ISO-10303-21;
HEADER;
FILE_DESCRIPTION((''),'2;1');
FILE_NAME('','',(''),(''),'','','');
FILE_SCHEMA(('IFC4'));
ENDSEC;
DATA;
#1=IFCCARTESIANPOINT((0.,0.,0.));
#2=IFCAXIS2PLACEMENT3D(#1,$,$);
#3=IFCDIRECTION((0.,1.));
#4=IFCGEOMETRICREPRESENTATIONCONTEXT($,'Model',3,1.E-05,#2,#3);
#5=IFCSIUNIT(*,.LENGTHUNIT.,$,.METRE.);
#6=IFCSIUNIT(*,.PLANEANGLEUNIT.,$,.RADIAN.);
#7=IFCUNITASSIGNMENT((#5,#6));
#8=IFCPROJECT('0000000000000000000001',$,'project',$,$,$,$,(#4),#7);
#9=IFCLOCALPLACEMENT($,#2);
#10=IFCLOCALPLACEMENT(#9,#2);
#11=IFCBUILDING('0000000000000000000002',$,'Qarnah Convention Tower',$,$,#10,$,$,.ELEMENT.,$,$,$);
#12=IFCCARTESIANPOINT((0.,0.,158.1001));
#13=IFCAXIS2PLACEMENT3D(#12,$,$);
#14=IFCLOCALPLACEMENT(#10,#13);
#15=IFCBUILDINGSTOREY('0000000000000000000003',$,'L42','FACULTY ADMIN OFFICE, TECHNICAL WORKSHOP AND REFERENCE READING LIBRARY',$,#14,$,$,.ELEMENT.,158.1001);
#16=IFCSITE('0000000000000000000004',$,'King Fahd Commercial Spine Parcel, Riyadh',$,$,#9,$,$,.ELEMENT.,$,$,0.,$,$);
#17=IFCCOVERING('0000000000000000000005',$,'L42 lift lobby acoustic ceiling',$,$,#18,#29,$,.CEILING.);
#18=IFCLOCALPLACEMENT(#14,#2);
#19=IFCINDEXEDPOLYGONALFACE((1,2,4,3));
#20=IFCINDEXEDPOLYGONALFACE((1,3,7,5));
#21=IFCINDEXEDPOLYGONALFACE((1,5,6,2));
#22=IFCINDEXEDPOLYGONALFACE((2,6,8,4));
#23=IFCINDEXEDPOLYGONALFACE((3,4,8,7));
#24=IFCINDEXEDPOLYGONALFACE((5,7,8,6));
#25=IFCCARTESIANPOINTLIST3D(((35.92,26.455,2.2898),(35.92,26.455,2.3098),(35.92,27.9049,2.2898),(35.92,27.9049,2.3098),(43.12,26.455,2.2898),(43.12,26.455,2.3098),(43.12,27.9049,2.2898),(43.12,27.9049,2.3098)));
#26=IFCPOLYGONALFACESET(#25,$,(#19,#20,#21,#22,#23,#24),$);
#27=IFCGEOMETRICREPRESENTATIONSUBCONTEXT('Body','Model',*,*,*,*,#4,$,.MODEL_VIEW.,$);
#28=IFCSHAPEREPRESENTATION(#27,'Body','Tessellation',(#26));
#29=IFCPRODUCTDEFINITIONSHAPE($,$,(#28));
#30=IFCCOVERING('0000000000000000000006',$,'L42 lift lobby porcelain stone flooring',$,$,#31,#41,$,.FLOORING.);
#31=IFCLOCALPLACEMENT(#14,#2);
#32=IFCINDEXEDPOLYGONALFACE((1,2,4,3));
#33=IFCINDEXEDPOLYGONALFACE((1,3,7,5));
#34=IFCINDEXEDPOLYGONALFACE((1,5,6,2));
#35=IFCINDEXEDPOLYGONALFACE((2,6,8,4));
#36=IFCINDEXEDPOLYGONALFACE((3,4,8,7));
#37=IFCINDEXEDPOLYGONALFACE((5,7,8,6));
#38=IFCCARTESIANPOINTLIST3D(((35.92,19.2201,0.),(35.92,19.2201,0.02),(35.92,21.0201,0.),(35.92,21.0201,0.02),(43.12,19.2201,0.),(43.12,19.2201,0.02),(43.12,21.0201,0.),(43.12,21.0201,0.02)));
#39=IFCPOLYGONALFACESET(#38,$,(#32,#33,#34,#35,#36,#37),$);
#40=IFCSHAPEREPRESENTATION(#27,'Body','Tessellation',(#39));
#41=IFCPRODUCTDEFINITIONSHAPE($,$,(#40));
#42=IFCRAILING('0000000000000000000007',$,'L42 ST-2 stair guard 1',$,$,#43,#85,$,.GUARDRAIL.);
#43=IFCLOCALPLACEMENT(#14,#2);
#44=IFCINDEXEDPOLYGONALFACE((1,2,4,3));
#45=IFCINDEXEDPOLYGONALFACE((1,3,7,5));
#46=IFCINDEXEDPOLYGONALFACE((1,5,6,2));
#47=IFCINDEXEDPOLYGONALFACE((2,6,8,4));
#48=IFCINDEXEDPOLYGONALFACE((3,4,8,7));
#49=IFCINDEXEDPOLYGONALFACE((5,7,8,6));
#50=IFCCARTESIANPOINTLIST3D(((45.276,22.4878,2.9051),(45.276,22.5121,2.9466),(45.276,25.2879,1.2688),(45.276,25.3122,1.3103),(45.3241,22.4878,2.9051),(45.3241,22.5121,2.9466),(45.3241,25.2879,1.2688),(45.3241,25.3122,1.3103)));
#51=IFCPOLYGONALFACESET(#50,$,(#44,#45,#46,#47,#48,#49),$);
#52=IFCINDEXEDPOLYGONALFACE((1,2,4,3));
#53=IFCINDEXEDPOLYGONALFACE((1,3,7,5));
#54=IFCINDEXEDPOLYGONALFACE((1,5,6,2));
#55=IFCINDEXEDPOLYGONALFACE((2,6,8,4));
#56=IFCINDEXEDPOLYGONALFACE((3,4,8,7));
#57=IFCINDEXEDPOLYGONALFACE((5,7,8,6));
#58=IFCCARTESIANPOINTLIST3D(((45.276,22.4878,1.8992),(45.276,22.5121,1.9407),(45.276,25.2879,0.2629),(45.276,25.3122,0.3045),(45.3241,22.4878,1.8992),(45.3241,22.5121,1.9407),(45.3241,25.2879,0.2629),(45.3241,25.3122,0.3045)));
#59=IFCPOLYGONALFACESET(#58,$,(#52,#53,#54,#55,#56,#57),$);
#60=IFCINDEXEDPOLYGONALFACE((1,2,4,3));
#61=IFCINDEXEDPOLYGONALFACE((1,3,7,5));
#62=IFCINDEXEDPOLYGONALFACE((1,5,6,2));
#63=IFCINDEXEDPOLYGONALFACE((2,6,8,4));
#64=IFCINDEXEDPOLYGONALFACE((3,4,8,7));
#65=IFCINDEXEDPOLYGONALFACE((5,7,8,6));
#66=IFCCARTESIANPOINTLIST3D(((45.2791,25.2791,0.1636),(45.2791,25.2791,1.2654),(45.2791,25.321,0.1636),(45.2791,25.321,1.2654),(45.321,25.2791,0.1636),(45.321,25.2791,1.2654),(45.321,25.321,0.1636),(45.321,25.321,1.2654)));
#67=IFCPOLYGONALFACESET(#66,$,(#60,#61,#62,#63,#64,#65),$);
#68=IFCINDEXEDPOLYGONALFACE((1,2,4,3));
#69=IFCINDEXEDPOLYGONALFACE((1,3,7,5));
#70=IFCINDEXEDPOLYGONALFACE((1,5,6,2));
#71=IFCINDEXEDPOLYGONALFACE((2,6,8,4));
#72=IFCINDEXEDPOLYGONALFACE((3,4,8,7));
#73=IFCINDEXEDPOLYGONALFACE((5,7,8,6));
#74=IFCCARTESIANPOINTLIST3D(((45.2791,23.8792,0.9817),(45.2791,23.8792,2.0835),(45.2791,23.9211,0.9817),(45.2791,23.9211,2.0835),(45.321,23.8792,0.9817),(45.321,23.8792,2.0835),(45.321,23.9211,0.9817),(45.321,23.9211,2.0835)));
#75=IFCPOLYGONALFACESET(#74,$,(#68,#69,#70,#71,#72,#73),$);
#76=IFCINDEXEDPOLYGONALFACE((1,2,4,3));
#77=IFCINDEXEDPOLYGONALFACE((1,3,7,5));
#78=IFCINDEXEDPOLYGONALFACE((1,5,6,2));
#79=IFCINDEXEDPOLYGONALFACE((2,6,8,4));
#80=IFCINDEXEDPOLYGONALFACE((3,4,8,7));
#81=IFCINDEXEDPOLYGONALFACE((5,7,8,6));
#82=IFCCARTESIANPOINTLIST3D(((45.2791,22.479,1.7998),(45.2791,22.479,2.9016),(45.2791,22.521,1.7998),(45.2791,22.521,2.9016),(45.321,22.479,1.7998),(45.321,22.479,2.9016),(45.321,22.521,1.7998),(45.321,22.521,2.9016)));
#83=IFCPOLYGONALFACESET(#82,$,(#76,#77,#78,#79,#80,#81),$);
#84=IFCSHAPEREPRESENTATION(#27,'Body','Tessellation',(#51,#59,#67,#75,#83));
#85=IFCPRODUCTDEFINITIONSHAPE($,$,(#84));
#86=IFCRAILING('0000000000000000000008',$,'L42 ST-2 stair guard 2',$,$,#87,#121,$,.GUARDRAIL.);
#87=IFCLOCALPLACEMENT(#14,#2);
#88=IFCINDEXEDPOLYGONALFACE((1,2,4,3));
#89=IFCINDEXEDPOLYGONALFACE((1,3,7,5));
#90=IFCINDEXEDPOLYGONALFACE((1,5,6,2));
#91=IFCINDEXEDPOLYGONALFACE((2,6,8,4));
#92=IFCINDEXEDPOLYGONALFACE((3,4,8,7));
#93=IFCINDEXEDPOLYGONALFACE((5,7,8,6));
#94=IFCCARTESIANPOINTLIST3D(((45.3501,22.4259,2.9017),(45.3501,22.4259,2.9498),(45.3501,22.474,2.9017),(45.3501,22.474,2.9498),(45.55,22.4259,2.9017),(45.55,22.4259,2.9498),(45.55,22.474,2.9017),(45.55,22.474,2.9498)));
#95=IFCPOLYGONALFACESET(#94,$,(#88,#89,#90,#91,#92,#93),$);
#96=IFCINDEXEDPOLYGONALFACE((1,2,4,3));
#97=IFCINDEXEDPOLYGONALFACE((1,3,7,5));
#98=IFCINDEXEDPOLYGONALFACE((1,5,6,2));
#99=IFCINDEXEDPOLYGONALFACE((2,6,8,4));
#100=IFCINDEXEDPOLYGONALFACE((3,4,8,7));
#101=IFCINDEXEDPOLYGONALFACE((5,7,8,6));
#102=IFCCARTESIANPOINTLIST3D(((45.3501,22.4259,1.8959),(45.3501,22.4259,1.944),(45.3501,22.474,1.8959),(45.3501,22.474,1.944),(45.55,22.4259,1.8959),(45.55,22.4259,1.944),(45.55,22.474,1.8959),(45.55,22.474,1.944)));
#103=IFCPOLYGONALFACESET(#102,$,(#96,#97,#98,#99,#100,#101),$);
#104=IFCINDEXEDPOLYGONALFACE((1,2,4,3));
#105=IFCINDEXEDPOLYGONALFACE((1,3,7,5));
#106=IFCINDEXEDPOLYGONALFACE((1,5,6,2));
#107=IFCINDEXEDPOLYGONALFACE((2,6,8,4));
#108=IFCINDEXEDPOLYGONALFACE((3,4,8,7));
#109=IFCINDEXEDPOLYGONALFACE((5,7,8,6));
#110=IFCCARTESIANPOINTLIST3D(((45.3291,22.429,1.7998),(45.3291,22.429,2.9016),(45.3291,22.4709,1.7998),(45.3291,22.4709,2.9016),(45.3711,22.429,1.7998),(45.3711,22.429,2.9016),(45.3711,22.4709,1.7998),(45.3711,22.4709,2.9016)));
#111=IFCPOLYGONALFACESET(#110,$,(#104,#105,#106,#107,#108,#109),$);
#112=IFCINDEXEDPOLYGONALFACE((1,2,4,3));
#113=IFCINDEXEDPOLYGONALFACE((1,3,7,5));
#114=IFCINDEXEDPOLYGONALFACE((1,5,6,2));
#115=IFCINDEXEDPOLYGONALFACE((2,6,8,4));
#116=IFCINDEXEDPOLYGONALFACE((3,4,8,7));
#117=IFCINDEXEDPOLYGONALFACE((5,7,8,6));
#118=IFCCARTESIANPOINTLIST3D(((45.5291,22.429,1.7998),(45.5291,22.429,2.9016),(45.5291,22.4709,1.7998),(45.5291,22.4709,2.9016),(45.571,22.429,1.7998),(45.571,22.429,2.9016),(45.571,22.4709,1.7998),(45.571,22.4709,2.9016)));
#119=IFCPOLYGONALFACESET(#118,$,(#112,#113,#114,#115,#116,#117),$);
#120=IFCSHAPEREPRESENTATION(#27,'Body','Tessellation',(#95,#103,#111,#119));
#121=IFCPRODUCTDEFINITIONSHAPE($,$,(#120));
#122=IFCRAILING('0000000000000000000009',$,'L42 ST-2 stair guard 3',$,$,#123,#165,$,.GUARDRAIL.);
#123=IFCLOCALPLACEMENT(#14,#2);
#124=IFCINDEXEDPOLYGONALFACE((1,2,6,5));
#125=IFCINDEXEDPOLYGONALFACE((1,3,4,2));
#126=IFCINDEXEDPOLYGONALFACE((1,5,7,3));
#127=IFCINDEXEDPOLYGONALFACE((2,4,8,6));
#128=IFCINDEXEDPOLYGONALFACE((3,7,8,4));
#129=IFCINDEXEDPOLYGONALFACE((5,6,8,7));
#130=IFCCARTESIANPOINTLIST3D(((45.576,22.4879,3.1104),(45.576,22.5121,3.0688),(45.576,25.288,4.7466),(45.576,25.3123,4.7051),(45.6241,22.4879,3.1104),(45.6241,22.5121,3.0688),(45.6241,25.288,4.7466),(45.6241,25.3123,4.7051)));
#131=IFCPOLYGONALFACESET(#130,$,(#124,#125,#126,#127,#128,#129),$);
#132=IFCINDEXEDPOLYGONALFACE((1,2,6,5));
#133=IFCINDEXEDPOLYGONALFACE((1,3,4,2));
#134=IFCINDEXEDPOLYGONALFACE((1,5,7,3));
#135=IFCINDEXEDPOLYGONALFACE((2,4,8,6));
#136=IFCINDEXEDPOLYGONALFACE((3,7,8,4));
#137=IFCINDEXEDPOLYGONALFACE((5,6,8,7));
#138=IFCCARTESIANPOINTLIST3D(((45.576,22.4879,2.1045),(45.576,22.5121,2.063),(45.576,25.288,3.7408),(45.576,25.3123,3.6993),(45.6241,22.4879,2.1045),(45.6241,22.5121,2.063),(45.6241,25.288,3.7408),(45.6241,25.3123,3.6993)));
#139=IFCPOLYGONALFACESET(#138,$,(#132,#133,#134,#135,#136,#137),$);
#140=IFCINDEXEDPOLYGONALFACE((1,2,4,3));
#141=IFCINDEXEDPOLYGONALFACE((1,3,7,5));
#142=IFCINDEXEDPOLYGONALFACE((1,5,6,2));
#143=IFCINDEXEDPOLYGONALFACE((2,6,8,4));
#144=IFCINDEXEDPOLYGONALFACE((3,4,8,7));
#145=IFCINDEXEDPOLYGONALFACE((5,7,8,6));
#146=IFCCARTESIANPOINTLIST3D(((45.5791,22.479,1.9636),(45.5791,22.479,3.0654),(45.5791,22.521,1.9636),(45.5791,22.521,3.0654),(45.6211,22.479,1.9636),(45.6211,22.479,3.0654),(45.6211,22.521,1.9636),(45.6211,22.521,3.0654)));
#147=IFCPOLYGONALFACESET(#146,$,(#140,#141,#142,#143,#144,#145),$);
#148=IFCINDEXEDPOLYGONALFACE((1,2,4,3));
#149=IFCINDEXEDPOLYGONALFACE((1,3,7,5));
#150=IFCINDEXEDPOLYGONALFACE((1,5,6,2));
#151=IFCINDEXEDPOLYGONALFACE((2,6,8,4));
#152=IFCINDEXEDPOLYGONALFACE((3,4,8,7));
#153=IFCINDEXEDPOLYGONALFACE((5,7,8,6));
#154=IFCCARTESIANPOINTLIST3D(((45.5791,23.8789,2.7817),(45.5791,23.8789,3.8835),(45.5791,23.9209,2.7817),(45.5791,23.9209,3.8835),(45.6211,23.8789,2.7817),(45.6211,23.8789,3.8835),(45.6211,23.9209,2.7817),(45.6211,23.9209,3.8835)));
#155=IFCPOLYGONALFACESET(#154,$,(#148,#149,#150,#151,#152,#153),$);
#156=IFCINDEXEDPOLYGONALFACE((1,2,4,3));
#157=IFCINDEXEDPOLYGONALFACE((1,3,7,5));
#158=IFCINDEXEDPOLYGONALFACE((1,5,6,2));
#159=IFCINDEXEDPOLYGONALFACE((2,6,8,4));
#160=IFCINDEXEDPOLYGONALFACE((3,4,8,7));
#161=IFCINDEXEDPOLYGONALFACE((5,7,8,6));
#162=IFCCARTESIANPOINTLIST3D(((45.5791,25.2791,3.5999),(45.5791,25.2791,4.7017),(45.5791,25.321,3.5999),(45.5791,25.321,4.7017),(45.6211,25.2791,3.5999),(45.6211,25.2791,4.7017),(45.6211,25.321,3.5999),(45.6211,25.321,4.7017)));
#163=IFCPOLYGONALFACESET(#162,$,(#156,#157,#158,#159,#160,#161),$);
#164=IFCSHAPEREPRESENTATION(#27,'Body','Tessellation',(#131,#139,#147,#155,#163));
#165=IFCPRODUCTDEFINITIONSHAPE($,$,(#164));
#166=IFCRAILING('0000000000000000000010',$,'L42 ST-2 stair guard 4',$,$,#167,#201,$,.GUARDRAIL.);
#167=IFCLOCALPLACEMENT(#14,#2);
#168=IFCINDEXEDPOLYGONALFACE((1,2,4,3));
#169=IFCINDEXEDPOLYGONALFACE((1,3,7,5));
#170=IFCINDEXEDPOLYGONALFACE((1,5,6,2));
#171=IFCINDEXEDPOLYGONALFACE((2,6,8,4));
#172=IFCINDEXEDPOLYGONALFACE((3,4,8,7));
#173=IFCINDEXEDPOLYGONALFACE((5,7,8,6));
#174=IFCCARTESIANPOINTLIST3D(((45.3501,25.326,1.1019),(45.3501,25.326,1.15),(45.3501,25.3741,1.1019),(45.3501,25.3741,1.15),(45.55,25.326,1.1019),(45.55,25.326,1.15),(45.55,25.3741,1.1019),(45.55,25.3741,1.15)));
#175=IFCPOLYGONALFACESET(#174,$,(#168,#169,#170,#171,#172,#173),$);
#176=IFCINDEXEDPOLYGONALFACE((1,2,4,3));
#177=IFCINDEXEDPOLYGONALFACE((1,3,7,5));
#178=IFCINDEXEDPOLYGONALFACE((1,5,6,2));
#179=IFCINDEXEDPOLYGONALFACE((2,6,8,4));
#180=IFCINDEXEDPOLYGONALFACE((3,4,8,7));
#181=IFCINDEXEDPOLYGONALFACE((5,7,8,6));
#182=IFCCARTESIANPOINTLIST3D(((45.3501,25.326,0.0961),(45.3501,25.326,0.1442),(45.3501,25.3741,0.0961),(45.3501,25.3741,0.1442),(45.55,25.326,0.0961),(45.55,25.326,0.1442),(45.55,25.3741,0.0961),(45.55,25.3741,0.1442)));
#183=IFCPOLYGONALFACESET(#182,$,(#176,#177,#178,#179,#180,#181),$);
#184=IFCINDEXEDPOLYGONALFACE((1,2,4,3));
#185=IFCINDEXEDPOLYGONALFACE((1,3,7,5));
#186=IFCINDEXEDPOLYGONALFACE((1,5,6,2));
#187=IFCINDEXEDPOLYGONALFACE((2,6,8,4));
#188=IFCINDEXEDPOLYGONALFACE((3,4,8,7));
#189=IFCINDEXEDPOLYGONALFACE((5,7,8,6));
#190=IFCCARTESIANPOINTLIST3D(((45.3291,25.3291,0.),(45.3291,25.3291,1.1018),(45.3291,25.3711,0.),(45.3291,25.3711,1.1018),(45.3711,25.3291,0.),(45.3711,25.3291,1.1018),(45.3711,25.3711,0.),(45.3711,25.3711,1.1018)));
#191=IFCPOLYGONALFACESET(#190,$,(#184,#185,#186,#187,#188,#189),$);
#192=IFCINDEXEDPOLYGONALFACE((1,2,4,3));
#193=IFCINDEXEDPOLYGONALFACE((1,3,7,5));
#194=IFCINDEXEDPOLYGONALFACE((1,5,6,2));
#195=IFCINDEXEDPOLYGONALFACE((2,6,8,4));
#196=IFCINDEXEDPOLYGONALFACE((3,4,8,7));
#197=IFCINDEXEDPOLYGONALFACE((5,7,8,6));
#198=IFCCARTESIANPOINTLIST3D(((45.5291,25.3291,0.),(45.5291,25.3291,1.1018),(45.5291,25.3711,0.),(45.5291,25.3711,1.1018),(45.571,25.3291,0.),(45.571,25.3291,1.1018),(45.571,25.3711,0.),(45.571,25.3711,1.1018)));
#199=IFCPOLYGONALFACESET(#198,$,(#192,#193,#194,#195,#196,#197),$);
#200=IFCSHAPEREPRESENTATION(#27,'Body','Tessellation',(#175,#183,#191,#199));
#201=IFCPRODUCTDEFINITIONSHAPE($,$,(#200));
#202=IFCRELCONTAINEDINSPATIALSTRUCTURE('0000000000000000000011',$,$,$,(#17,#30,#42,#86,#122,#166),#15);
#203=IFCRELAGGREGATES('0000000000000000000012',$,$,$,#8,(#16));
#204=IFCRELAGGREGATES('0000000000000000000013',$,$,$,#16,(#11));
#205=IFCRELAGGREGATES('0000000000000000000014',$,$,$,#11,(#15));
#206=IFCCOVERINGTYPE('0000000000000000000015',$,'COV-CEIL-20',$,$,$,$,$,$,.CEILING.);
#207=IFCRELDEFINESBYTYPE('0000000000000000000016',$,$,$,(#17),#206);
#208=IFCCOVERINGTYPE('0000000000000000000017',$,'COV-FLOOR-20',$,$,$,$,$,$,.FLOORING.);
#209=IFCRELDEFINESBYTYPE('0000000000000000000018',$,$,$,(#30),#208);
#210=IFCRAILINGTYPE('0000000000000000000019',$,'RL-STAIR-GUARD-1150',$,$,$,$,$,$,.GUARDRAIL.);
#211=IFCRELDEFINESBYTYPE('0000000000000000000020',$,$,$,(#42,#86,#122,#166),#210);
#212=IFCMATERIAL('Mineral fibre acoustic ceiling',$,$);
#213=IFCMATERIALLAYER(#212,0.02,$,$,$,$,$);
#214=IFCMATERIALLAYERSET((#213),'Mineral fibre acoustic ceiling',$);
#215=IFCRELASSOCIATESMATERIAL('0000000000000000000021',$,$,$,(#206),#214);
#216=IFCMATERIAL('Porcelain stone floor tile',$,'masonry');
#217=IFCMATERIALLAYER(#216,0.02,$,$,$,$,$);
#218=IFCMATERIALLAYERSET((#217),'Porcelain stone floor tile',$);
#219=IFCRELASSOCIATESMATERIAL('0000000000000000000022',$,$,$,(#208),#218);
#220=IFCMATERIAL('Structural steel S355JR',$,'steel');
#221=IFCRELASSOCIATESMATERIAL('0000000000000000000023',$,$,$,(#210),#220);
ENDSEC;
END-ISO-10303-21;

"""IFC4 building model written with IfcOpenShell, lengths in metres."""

from ifc_helpers import new_model, si_unit, direction, frame, origin, origin_2d, place, context, subcontext, project, spatial, rectangle, extrude, material, layer, layer_set, type_object, element, save


model = new_model("IFC4")

# Units and contexts
model_context = context("Model", 3, precision=1e-05, world=origin(), true_north=direction((0.0, 1.0)))
body_context = subcontext(model_context, "Body", "Model", "MODEL_VIEW")
ifc_project = project(units=[si_unit("LENGTHUNIT", "METRE"), si_unit("PLANEANGLEUNIT", "RADIAN")], contexts=[model_context])

# Site, building, storey
site_placement = place(None, origin())
site = spatial("IfcSite", under=ifc_project, at=site_placement, Name="King Fahd Commercial Spine Parcel, Riyadh", CompositionType="ELEMENT", RefElevation=0.0)
building_placement = place(site_placement, origin())
building = spatial("IfcBuilding", under=site, at=building_placement, Name="Qarnah Convention Tower", CompositionType="ELEMENT")
storey_placement = place(building_placement, frame((0.0, 0.0, 158.1001)))
storey = spatial("IfcBuildingStorey", under=building, at=storey_placement, Name="L42", Description="FACULTY ADMIN OFFICE, TECHNICAL WORKSHOP AND REFERENCE READING LIBRARY", CompositionType="ELEMENT", Elevation=158.1001)

# Shared definitions
ifc_material_1 = material(Name="Structural steel S355JR", Category="steel")

# Coverings
ifc_material_2 = material(Name="Mineral fibre acoustic ceiling")
ifc_layer_1 = layer(ifc_material_2, 0.02)
ifc_layer_set_1 = layer_set([ifc_layer_1], Name="Mineral fibre acoustic ceiling")
covering_type_1 = type_object("IfcCoveringType", Name="COV-CEIL-20", PredefinedType="CEILING", material=ifc_layer_set_1)
covering_1_placement = place(storey_placement, frame((39.52, 27.1799, 2.2898), z_axis=(0.0, 0.0, 1.0), x_axis=(1.0, 0.0, 0.0)))
element("IfcCovering", 1, at=covering_1_placement, inside=storey, type_object=covering_type_1, Name="L42 lift lobby acoustic ceiling", PredefinedType="CEILING", context=body_context, shape_type="SweptSolid", body=[
    extrude(rectangle(XDim=7.2, YDim=1.45, at=origin_2d()), origin(), (0.0, 0.0, 1.0), 0.02),
])
ifc_material_3 = material(Name="Porcelain stone floor tile", Category="masonry")
ifc_layer_2 = layer(ifc_material_3, 0.02)
ifc_layer_set_2 = layer_set([ifc_layer_2], Name="Porcelain stone floor tile")
covering_type_2 = type_object("IfcCoveringType", Name="COV-FLOOR-20", PredefinedType="FLOORING", material=ifc_layer_set_2)
covering_2_placement = place(storey_placement, frame((39.52, 20.1201, 0.0), z_axis=(0.0, 0.0, 1.0), x_axis=(1.0, 0.0, 0.0)))
element("IfcCovering", 2, at=covering_2_placement, inside=storey, type_object=covering_type_2, Name="L42 lift lobby porcelain stone flooring", PredefinedType="FLOORING", context=body_context, shape_type="SweptSolid", body=[
    extrude(rectangle(XDim=7.2, YDim=1.8, at=origin_2d()), origin(), (0.0, 0.0, 1.0), 0.02),
])

# Railings
railing_type_1 = type_object("IfcRailingType", Name="RL-STAIR-GUARD-1150", PredefinedType="GUARDRAIL", material=ifc_material_1)
railing_1_placement = place(storey_placement, frame((45.3, 25.3, 0.1636)))
element("IfcRailing", 3, at=railing_1_placement, inside=storey, type_object=railing_type_1, Name="L42 ST-2 stair guard 1", PredefinedType="GUARDRAIL", context=body_context, shape_type="SweptSolid", body=[
    extrude(rectangle(XDim=0.0481, YDim=0.0481, at=origin_2d()), frame((0.0, 0.0, 1.126), z_axis=(0.0, -0.863394, 0.504531), x_axis=(1.0, 0.0, 0.0)), (0.0, 0.0, 1.0), 3.2432),
    extrude(rectangle(XDim=0.0481, YDim=0.0481, at=origin_2d()), frame((0.0, 0.0, 0.1201), z_axis=(0.0, -0.863394, 0.504531), x_axis=(1.0, 0.0, 0.0)), (0.0, 0.0, 1.0), 3.2432),
    extrude(rectangle(XDim=0.042, YDim=0.042, at=origin_2d()), origin(), (0.0, 0.0, 1.0), 1.1018),
    extrude(rectangle(XDim=0.042, YDim=0.042, at=origin_2d()), frame((0.0, -1.3999, 0.8181)), (0.0, 0.0, 1.0), 1.1018),
    extrude(rectangle(XDim=0.042, YDim=0.042, at=origin_2d()), frame((0.0, -2.8, 1.6362)), (0.0, 0.0, 1.0), 1.1018),
])
railing_2_placement = place(storey_placement, frame((45.3501, 22.45, 1.7998)))
element("IfcRailing", 4, at=railing_2_placement, inside=storey, type_object=railing_type_1, Name="L42 ST-2 stair guard 2", PredefinedType="GUARDRAIL", context=body_context, shape_type="SweptSolid", body=[
    extrude(rectangle(XDim=0.0481, YDim=0.0481, at=origin_2d()), frame((0.0, 0.0, 1.126), z_axis=(1.0, 0.0, 0.0), x_axis=(0.0, 1.0, 0.0)), (0.0, 0.0, 1.0), 0.2),
    extrude(rectangle(XDim=0.0481, YDim=0.0481, at=origin_2d()), frame((0.0, 0.0, 0.1201), z_axis=(1.0, 0.0, 0.0), x_axis=(0.0, 1.0, 0.0)), (0.0, 0.0, 1.0), 0.2),
    extrude(rectangle(XDim=0.042, YDim=0.042, at=origin_2d()), origin(), (0.0, 0.0, 1.0), 1.1018),
    extrude(rectangle(XDim=0.042, YDim=0.042, at=origin_2d()), frame((0.2, 0.0, 0.0)), (0.0, 0.0, 1.0), 1.1018),
])
railing_3_placement = place(storey_placement, frame((45.6001, 22.5, 1.9636)))
element("IfcRailing", 5, at=railing_3_placement, inside=storey, type_object=railing_type_1, Name="L42 ST-2 stair guard 3", PredefinedType="GUARDRAIL", context=body_context, shape_type="SweptSolid", body=[
    extrude(rectangle(XDim=0.0481, YDim=0.0481, at=origin_2d()), frame((0.0, 0.0, 1.126), z_axis=(0.0, 0.863394, 0.504531), x_axis=(-1.0, 0.0, 0.0)), (0.0, 0.0, 1.0), 3.2432),
    extrude(rectangle(XDim=0.0481, YDim=0.0481, at=origin_2d()), frame((0.0, 0.0, 0.1201), z_axis=(0.0, 0.863394, 0.504531), x_axis=(-1.0, 0.0, 0.0)), (0.0, 0.0, 1.0), 3.2432),
    extrude(rectangle(XDim=0.042, YDim=0.042, at=origin_2d()), origin(), (0.0, 0.0, 1.0), 1.1018),
    extrude(rectangle(XDim=0.042, YDim=0.042, at=origin_2d()), frame((0.0, 1.3999, 0.8181)), (0.0, 0.0, 1.0), 1.1018),
    extrude(rectangle(XDim=0.042, YDim=0.042, at=origin_2d()), frame((0.0, 2.8, 1.6362)), (0.0, 0.0, 1.0), 1.1018),
])
railing_4_placement = place(storey_placement, frame((45.3501, 25.3501, 0.0)))
element("IfcRailing", 6, at=railing_4_placement, inside=storey, type_object=railing_type_1, Name="L42 ST-2 stair guard 4", PredefinedType="GUARDRAIL", context=body_context, shape_type="SweptSolid", body=[
    extrude(rectangle(XDim=0.0481, YDim=0.0481, at=origin_2d()), frame((0.0, 0.0, 1.126), z_axis=(1.0, 0.0, 0.0), x_axis=(0.0, 1.0, 0.0)), (0.0, 0.0, 1.0), 0.2),
    extrude(rectangle(XDim=0.0481, YDim=0.0481, at=origin_2d()), frame((0.0, 0.0, 0.1201), z_axis=(1.0, 0.0, 0.0), x_axis=(0.0, 1.0, 0.0)), (0.0, 0.0, 1.0), 0.2),
    extrude(rectangle(XDim=0.042, YDim=0.042, at=origin_2d()), origin(), (0.0, 0.0, 1.0), 1.1018),
    extrude(rectangle(XDim=0.042, YDim=0.042, at=origin_2d()), frame((0.2, 0.0, 0.0)), (0.0, 0.0, 1.0), 1.1018),
])

save(model, "model.ifc")
